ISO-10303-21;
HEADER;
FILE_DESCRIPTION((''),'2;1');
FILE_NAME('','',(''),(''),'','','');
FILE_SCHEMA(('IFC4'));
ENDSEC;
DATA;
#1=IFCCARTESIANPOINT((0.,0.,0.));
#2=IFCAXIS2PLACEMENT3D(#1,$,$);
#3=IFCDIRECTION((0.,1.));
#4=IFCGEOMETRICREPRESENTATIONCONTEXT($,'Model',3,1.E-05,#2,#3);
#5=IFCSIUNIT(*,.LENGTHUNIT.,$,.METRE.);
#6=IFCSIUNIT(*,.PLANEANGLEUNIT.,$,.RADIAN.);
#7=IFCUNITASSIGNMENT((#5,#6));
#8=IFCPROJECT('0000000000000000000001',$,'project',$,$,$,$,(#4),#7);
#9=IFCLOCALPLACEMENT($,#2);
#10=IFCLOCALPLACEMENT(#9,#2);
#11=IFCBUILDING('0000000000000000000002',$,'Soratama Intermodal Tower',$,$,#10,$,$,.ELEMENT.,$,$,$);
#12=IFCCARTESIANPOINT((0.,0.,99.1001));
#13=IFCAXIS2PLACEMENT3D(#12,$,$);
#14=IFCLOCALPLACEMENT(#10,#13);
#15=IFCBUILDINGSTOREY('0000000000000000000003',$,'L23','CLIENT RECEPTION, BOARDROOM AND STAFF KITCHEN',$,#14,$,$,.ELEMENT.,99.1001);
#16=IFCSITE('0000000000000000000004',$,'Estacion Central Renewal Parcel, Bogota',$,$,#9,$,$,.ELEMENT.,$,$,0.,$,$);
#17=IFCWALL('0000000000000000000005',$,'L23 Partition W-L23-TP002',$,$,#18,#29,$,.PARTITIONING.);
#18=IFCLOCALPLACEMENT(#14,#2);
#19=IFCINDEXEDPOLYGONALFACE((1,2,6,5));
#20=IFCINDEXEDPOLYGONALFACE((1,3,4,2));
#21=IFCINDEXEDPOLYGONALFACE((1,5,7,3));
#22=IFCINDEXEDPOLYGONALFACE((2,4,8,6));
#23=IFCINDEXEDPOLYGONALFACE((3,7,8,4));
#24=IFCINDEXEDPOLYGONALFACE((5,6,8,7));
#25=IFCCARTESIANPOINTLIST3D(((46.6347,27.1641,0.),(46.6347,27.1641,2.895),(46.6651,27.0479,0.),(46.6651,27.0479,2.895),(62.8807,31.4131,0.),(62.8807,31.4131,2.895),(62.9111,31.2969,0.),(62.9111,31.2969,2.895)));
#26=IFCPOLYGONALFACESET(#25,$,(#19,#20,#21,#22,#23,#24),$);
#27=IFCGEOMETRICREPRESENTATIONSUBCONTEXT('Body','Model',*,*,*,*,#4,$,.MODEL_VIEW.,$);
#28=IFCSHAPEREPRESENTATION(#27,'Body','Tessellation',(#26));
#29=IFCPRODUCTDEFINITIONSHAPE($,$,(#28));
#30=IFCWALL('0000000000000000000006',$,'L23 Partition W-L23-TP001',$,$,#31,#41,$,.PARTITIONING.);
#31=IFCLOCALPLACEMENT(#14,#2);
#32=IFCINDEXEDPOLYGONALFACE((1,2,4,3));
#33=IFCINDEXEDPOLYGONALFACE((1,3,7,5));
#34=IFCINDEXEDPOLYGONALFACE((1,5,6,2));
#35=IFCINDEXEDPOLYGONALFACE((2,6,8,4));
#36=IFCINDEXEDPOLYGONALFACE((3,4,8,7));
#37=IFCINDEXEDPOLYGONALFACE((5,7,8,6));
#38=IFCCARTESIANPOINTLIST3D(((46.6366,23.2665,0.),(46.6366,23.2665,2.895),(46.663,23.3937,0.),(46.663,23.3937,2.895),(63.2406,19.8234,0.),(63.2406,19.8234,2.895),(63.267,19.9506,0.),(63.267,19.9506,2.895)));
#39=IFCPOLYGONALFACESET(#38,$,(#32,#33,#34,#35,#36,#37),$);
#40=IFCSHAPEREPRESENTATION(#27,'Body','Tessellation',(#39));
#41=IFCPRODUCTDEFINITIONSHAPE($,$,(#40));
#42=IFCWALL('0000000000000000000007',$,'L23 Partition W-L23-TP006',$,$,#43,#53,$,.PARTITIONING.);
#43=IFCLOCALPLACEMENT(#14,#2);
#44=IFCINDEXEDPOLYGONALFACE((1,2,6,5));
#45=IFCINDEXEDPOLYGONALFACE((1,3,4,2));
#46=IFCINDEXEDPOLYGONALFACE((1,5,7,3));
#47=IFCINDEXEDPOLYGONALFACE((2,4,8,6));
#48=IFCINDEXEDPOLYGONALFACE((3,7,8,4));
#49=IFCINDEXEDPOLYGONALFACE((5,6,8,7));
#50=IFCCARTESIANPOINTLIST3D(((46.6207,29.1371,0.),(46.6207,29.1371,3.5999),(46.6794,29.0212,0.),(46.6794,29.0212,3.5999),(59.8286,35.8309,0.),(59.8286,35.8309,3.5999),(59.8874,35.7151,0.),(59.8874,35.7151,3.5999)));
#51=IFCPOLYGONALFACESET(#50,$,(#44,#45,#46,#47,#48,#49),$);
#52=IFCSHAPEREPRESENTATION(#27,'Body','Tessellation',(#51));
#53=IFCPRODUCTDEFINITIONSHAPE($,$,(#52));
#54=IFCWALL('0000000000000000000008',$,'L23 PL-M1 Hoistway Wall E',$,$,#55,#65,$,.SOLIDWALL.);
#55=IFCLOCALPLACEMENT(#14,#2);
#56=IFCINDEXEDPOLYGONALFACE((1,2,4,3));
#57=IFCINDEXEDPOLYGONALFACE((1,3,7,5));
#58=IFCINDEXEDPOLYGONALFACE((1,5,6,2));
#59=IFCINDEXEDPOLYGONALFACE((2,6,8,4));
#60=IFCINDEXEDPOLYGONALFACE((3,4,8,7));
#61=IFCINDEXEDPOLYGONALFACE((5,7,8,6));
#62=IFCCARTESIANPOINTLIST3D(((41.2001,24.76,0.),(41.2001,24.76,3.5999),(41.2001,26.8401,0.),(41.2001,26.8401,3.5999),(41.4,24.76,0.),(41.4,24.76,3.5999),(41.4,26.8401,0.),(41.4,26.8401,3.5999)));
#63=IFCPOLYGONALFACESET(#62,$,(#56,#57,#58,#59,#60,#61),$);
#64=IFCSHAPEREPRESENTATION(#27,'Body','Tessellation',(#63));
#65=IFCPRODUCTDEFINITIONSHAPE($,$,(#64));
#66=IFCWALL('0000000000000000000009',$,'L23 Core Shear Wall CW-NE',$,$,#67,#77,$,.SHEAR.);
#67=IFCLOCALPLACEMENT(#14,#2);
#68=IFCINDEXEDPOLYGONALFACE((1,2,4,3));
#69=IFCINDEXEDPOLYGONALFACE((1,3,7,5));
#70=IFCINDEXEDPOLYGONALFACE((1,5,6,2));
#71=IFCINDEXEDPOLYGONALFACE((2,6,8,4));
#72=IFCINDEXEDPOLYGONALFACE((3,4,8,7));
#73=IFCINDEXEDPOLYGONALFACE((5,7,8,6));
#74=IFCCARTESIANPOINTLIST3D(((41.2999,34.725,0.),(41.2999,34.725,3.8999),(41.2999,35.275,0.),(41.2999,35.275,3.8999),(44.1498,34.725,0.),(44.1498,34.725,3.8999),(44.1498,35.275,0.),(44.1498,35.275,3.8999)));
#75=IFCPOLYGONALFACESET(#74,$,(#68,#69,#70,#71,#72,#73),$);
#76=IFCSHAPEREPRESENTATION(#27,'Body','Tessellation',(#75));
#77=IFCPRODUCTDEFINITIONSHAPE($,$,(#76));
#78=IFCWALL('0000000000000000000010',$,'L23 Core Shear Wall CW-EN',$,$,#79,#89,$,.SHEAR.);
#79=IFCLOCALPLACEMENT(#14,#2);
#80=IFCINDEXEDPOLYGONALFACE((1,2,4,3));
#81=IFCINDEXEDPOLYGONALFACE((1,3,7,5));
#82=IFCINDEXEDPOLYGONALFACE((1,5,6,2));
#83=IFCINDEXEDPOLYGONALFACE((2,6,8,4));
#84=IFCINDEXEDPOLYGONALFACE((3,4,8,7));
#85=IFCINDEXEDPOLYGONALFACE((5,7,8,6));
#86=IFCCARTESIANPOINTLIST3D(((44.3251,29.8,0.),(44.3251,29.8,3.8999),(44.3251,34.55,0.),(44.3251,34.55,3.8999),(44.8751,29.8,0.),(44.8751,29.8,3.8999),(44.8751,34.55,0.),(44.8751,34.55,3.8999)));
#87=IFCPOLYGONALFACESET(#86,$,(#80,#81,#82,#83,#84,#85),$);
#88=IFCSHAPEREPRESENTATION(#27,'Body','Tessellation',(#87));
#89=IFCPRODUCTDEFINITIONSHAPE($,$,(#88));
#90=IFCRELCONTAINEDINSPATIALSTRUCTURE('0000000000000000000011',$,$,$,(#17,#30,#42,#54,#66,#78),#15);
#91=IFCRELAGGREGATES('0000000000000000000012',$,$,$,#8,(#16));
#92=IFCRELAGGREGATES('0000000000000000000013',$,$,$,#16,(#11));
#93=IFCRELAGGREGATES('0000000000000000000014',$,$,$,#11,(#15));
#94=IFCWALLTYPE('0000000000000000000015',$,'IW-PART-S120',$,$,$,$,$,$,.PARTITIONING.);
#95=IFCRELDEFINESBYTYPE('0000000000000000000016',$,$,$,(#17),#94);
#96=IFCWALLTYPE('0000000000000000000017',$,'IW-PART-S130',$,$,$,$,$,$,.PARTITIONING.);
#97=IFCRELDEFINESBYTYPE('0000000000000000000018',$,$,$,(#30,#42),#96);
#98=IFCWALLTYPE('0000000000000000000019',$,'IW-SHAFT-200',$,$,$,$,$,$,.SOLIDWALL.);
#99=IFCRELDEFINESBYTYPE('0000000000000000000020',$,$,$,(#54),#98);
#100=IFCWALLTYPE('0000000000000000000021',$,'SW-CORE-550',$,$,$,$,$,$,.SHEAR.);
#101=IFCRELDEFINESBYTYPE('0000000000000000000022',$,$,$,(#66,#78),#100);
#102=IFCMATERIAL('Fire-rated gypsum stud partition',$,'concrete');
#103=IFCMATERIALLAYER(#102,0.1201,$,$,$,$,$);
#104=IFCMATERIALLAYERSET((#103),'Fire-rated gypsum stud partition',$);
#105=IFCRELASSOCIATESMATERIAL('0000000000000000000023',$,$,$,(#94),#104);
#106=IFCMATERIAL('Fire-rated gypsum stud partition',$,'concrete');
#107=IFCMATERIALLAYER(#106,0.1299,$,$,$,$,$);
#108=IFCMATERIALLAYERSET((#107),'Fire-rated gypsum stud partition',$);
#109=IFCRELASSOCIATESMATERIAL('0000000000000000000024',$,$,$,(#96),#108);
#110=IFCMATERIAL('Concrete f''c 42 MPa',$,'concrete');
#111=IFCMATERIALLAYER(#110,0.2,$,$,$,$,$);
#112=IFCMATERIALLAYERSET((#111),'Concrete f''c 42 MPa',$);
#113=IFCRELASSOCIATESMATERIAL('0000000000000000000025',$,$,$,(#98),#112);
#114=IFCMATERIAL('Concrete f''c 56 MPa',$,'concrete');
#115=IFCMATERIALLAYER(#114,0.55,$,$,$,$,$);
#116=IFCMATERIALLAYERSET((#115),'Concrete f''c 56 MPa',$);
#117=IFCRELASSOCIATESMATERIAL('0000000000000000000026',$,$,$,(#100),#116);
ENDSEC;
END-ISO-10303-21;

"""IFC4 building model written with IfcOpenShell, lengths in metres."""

from ifc_helpers import new_model, si_unit, direction, frame, frame_2d, origin, place, context, subcontext, project, spatial, rectangle, extrude, material, layer, layer_set, type_object, element, save


model = new_model("IFC4")

# Units and contexts
model_context = context("Model", 3, precision=1e-05, world=origin(), true_north=direction((0.0, 1.0)))
body_context = subcontext(model_context, "Body", "Model", "MODEL_VIEW")
ifc_project = project(units=[si_unit("LENGTHUNIT", "METRE"), si_unit("PLANEANGLEUNIT", "RADIAN")], contexts=[model_context])

# Site, building, storey
site_placement = place(None, origin())
site = spatial("IfcSite", under=ifc_project, at=site_placement, Name="Estacion Central Renewal Parcel, Bogota", CompositionType="ELEMENT", RefElevation=0.0)
building_placement = place(site_placement, origin())
building = spatial("IfcBuilding", under=site, at=building_placement, Name="Soratama Intermodal Tower", CompositionType="ELEMENT")
storey_placement = place(building_placement, frame((0.0, 0.0, 99.1001)))
storey = spatial("IfcBuildingStorey", under=building, at=storey_placement, Name="L23", Description="CLIENT RECEPTION, BOARDROOM AND STAFF KITCHEN", CompositionType="ELEMENT", Elevation=99.1001)

# Walls
ifc_material_1 = material(Name="Fire-rated gypsum stud partition", Category="concrete")
ifc_layer_1 = layer(ifc_material_1, 0.1201)
ifc_layer_set_1 = layer_set([ifc_layer_1], Name="Fire-rated gypsum stud partition")
wall_type_1 = type_object("IfcWallType", Name="IW-PART-S120", PredefinedType="PARTITIONING", material=ifc_layer_set_1)
wall_1_placement = place(storey_placement, frame((46.6499, 27.106, 0.0), z_axis=(0.0, 0.0, 1.0), x_axis=(0.967458, 0.25303, 0.0)))
element("IfcWall", 1, at=wall_1_placement, inside=storey, type_object=wall_type_1, Name="L23 Partition W-L23-TP002", PredefinedType="PARTITIONING", context=body_context, shape_type="SweptSolid", body=[
    extrude(rectangle(XDim=16.7925, YDim=0.1201, at=frame_2d((8.3962, 0.0))), origin(), (0.0, 0.0, 1.0), 2.895),
])
ifc_material_2 = material(Name="Fire-rated gypsum stud partition", Category="concrete")
ifc_layer_2 = layer(ifc_material_2, 0.1299)
ifc_layer_set_2 = layer_set([ifc_layer_2], Name="Fire-rated gypsum stud partition")
wall_type_2 = type_object("IfcWallType", Name="IW-PART-S130", PredefinedType="PARTITIONING", material=ifc_layer_set_2)
wall_2_placement = place(storey_placement, frame((46.6499, 23.3301, 0.0), z_axis=(0.0, 0.0, 1.0), x_axis=(0.979169, -0.203047, 0.0)))
element("IfcWall", 2, at=wall_2_placement, inside=storey, type_object=wall_type_2, Name="L23 Partition W-L23-TP001", PredefinedType="PARTITIONING", context=body_context, shape_type="SweptSolid", body=[
    extrude(rectangle(XDim=16.9573, YDim=0.1299, at=frame_2d((8.4785, 0.0))), origin(), (0.0, 0.0, 1.0), 2.895),
])
wall_3_placement = place(storey_placement, frame((46.6499, 29.0791, 0.0), z_axis=(0.0, 0.0, 1.0), x_axis=(0.891987, 0.452061, 0.0)))
element("IfcWall", 3, at=wall_3_placement, inside=storey, type_object=wall_type_2, Name="L23 Partition W-L23-TP006", PredefinedType="PARTITIONING", context=body_context, shape_type="SweptSolid", body=[
    extrude(rectangle(XDim=14.8074, YDim=0.1299, at=frame_2d((7.4038, 0.0))), origin(), (0.0, 0.0, 1.0), 3.5999),
])
ifc_material_3 = material(Name="Concrete f'c 42 MPa", Category="concrete")
ifc_layer_3 = layer(ifc_material_3, 0.2)
ifc_layer_set_3 = layer_set([ifc_layer_3], Name="Concrete f'c 42 MPa")
wall_type_3 = type_object("IfcWallType", Name="IW-SHAFT-200", PredefinedType="SOLIDWALL", material=ifc_layer_set_3)
wall_4_placement = place(storey_placement, frame((41.3, 24.76, 0.0), z_axis=(0.0, 0.0, 1.0), x_axis=(0.0, 1.0, 0.0)))
element("IfcWall", 4, at=wall_4_placement, inside=storey, type_object=wall_type_3, Name="L23 PL-M1 Hoistway Wall E", PredefinedType="SOLIDWALL", context=body_context, shape_type="SweptSolid", body=[
    extrude(rectangle(XDim=2.0801, YDim=0.2, at=frame_2d((1.04, 0.0))), origin(), (0.0, 0.0, 1.0), 3.5999),
])
ifc_material_4 = material(Name="Concrete f'c 56 MPa", Category="concrete")
ifc_layer_4 = layer(ifc_material_4, 0.55)
ifc_layer_set_4 = layer_set([ifc_layer_4], Name="Concrete f'c 56 MPa")
wall_type_4 = type_object("IfcWallType", Name="SW-CORE-550", PredefinedType="SHEAR", material=ifc_layer_set_4)
wall_5_placement = place(storey_placement, frame((41.3, 35.0, 0.0), z_axis=(0.0, 0.0, 1.0), x_axis=(1.0, 0.0, 0.0)))
element("IfcWall", 5, at=wall_5_placement, inside=storey, type_object=wall_type_4, Name="L23 Core Shear Wall CW-NE", PredefinedType="SHEAR", context=body_context, shape_type="SweptSolid", body=[
    extrude(rectangle(XDim=2.8499, YDim=0.55, at=frame_2d((1.4248, 0.0))), origin(), (0.0, 0.0, 1.0), 3.8999),
])
wall_6_placement = place(storey_placement, frame((44.6001, 29.8, 0.0), z_axis=(0.0, 0.0, 1.0), x_axis=(0.0, 1.0, 0.0)))
element("IfcWall", 6, at=wall_6_placement, inside=storey, type_object=wall_type_4, Name="L23 Core Shear Wall CW-EN", PredefinedType="SHEAR", context=body_context, shape_type="SweptSolid", body=[
    extrude(rectangle(XDim=4.75, YDim=0.55, at=frame_2d((2.375, 0.0))), origin(), (0.0, 0.0, 1.0), 3.8999),
])

save(model, "model.ifc")
